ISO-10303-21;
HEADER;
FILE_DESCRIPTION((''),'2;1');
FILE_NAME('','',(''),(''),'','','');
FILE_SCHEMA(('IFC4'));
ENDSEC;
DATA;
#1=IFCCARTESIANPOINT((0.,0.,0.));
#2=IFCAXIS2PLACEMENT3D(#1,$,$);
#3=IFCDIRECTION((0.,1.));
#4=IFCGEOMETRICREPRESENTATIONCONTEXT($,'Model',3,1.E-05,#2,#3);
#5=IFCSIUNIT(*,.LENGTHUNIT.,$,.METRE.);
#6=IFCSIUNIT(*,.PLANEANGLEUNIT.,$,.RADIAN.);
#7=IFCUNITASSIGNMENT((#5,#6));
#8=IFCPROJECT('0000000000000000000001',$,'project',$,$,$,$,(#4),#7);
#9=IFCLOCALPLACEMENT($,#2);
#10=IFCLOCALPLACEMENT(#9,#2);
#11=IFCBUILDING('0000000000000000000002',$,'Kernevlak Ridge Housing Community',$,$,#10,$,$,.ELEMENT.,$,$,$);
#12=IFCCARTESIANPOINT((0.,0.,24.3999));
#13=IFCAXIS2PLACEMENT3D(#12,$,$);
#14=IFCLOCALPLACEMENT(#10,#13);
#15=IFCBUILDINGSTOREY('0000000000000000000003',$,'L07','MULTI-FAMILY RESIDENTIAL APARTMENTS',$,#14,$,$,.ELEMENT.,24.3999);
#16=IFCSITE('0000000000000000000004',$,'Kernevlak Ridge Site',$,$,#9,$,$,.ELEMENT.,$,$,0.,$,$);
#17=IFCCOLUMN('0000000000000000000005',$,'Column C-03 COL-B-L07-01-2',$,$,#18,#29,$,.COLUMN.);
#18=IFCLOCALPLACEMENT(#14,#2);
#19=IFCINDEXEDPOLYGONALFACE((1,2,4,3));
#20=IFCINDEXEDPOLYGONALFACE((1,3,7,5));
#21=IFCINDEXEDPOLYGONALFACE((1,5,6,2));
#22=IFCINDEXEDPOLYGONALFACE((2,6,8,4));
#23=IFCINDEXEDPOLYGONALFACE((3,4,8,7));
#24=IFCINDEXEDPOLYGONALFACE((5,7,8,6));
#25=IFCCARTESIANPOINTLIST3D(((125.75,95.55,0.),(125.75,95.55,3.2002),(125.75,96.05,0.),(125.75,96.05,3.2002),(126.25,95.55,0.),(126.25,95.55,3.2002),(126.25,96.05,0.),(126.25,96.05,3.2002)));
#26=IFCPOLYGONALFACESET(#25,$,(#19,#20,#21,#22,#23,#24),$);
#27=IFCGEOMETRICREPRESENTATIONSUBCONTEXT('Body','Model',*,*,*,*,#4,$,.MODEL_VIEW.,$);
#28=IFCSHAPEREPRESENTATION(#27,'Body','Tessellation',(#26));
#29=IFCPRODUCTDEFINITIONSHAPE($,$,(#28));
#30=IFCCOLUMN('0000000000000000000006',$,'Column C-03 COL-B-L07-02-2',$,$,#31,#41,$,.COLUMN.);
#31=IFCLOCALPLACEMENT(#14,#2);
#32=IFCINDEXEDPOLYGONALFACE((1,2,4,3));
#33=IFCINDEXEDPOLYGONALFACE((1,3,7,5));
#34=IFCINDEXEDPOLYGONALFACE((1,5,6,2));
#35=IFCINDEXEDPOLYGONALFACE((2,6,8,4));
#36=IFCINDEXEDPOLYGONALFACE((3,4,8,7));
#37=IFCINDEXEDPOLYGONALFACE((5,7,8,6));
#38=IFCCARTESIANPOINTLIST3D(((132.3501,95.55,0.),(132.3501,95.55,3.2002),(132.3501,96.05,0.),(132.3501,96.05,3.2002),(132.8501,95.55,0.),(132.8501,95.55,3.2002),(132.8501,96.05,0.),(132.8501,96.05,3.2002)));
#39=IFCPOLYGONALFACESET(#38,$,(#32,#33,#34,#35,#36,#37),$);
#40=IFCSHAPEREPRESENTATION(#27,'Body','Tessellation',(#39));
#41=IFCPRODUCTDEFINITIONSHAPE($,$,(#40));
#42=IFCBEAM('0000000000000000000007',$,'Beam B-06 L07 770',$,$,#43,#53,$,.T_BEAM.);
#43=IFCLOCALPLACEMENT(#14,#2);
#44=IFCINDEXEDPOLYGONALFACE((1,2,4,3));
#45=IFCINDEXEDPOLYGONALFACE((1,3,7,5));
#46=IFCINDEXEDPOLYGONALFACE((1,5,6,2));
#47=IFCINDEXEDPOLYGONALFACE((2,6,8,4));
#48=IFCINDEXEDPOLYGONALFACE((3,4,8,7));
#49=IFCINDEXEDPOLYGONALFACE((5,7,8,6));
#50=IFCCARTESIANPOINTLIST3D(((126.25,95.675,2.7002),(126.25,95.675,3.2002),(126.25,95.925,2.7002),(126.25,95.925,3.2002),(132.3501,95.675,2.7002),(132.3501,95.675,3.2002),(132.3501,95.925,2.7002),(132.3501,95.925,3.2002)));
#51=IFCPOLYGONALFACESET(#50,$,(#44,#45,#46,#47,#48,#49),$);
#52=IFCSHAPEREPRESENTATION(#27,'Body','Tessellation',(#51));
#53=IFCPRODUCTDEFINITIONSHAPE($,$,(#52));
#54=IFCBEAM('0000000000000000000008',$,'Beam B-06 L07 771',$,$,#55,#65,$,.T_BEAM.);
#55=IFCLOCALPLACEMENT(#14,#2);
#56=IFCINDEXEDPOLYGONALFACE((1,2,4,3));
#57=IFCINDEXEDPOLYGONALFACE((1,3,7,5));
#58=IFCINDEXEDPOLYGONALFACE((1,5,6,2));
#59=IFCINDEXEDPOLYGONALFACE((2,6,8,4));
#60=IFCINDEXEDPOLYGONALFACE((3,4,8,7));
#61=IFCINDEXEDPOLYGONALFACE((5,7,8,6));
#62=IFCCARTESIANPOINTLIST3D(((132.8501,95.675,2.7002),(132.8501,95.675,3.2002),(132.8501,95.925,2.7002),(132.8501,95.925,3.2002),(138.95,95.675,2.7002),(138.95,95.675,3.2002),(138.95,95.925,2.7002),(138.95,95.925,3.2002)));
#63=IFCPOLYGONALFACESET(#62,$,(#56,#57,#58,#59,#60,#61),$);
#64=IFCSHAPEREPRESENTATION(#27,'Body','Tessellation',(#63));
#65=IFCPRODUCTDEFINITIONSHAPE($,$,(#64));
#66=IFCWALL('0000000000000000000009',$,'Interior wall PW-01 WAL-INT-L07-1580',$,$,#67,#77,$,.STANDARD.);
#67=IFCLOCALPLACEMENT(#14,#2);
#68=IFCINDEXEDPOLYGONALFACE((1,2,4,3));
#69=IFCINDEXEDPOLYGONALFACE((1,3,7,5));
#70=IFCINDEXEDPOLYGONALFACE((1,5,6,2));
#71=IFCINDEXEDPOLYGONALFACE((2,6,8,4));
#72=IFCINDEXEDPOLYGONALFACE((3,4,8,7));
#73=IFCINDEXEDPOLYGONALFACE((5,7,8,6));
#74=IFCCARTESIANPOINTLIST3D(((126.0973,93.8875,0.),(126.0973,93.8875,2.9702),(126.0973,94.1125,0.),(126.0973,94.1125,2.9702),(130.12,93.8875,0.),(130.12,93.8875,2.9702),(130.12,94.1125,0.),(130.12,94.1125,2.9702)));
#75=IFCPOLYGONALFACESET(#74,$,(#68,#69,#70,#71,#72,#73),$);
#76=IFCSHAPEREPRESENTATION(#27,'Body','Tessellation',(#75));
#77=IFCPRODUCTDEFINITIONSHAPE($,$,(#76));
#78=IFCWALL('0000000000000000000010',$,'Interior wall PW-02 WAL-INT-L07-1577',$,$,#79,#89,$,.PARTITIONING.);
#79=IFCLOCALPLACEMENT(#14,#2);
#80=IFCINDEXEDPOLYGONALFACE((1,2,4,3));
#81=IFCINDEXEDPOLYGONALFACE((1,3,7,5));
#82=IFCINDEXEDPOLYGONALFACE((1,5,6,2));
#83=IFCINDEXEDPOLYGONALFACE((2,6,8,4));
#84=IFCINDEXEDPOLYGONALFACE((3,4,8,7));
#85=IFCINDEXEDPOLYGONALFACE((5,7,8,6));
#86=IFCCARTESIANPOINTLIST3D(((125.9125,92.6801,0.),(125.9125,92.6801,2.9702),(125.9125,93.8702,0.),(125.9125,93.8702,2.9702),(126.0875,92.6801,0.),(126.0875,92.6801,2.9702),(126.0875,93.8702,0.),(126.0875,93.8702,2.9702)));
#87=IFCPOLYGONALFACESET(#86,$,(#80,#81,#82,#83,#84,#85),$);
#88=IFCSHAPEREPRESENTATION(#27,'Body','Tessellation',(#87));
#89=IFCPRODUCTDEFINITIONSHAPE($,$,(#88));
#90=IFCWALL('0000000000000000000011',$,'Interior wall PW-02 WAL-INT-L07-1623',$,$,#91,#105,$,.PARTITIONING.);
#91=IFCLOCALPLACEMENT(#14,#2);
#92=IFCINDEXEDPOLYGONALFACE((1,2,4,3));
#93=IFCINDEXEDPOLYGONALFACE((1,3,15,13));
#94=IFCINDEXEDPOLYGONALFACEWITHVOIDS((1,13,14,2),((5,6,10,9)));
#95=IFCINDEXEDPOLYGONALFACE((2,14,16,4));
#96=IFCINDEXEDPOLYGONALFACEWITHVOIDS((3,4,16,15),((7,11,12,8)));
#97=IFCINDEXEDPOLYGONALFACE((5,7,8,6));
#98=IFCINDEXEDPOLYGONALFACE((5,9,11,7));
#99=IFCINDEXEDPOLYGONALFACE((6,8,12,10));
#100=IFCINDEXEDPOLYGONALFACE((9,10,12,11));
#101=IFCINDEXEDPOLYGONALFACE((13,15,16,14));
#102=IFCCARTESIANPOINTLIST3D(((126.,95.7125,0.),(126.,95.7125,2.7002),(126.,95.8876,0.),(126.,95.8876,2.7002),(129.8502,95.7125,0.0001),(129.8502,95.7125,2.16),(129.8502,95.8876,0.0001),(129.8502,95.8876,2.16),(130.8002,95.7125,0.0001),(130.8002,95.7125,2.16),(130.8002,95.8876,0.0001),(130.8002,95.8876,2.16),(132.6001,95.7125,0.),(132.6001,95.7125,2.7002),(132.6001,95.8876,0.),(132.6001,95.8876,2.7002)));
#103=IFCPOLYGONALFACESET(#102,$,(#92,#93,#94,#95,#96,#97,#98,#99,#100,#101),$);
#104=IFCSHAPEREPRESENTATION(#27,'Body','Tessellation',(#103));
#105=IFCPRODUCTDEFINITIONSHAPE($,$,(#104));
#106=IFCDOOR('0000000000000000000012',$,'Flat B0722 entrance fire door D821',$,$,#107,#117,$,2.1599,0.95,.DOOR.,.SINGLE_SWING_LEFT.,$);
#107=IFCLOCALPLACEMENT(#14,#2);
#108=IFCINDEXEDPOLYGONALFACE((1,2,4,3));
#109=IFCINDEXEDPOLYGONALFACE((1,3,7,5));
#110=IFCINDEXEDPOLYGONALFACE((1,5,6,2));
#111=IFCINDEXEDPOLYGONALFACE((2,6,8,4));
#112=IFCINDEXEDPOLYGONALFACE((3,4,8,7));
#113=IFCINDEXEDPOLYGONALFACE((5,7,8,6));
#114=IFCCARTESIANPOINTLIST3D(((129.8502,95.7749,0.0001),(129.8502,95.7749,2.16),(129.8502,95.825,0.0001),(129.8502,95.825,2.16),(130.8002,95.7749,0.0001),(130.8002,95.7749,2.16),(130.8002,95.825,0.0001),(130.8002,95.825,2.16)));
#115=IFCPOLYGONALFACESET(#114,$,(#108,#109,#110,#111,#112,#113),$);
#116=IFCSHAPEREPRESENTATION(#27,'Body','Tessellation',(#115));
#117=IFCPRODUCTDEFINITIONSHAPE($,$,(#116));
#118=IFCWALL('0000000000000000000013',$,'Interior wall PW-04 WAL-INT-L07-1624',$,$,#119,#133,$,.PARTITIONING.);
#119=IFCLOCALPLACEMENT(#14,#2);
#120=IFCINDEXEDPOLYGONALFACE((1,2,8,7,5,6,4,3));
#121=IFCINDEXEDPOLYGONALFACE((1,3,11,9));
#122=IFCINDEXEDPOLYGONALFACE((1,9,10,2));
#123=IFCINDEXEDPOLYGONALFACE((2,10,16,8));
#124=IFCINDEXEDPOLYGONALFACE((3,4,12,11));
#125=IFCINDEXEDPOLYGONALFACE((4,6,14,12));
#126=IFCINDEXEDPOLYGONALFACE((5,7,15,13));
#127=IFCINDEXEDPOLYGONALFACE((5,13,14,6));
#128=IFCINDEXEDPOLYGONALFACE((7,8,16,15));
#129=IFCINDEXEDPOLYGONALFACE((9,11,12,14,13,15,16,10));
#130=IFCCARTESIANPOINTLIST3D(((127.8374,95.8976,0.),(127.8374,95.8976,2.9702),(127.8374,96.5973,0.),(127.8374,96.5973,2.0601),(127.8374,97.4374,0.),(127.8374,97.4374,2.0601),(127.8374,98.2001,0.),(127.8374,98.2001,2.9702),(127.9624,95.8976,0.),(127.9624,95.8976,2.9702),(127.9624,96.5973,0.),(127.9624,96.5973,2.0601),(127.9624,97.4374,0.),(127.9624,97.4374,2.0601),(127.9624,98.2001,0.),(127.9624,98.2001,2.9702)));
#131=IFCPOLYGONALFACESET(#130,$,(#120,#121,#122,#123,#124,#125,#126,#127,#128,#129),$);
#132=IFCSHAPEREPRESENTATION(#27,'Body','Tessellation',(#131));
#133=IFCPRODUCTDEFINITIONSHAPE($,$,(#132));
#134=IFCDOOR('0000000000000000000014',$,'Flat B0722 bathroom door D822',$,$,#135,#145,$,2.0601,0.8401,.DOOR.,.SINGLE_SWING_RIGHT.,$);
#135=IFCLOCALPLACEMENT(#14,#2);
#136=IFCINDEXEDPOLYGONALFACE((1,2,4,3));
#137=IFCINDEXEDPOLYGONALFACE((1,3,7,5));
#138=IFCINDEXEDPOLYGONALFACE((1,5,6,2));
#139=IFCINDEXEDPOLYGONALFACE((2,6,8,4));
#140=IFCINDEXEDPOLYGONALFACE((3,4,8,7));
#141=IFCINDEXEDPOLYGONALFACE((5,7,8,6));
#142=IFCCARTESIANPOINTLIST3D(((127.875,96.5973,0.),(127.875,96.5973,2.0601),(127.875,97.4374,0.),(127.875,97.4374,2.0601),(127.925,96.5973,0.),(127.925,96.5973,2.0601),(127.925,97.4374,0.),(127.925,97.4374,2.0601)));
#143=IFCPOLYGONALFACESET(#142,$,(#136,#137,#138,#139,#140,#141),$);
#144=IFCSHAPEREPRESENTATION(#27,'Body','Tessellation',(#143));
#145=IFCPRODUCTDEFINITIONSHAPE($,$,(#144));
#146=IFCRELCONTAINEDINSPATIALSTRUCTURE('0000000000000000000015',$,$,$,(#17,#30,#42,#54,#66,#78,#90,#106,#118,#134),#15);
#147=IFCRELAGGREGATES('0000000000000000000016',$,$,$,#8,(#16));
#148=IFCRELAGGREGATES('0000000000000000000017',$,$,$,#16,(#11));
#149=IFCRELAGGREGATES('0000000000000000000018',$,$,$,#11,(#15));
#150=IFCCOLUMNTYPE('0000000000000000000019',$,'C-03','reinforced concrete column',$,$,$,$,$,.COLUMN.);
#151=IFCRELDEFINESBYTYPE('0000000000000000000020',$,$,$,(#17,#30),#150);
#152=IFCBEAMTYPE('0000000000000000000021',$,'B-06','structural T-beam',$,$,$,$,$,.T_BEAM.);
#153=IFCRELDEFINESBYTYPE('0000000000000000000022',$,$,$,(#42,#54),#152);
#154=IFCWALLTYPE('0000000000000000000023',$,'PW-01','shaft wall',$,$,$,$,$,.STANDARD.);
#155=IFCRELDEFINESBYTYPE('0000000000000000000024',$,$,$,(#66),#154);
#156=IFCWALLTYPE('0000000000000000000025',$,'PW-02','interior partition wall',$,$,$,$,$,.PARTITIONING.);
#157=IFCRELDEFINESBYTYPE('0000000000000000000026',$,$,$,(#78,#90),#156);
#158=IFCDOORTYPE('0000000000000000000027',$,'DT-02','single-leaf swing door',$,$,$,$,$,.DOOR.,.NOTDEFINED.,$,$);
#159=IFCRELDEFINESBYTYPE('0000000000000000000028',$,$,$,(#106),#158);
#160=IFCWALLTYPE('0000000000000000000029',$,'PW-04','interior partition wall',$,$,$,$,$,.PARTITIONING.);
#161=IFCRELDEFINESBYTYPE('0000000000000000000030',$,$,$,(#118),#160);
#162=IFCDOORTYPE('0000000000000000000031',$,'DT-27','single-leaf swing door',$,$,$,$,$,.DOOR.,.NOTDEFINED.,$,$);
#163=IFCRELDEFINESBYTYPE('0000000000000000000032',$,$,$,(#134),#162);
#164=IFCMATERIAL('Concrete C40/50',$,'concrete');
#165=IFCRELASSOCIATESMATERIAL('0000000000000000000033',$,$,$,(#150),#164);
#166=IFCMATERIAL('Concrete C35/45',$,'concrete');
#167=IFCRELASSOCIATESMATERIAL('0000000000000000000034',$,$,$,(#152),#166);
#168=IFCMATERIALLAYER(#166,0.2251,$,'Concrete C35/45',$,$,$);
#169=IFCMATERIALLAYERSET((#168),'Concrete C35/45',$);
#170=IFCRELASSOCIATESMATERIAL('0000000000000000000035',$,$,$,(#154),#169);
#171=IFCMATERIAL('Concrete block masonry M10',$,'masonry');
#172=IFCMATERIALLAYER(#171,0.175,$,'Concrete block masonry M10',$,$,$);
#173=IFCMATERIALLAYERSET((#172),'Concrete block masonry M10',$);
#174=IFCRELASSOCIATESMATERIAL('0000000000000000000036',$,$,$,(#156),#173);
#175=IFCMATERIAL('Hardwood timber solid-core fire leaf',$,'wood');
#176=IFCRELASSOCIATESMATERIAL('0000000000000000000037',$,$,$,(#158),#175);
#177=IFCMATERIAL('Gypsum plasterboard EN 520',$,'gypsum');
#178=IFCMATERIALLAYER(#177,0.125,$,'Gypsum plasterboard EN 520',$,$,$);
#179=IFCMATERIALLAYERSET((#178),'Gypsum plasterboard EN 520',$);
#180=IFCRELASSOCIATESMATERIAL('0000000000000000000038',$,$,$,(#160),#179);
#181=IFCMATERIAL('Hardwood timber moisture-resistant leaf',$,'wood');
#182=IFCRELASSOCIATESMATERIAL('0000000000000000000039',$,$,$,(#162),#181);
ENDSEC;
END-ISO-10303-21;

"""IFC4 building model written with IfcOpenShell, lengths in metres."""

from ifc_helpers import new_model, si_unit, direction, frame, frame_2d, origin, origin_2d, place, context, subcontext, project, spatial, rectangle, extrude, material, layer, layer_set, material_profile, profile_set, type_object, element, fill, save


model = new_model("IFC4")

# Units and contexts
model_context = context("Model", 3, precision=1e-05, world=origin(), true_north=direction((0.0, 1.0)))
body_context = subcontext(model_context, "Body", "Model", "MODEL_VIEW")
ifc_project = project(units=[si_unit("LENGTHUNIT", "METRE"), si_unit("PLANEANGLEUNIT", "RADIAN")], contexts=[model_context])

# Site, building, storey
site_placement = place(None, origin())
site = spatial("IfcSite", under=ifc_project, at=site_placement, Name="Kernevlak Ridge Site", CompositionType="ELEMENT", RefElevation=0.0)
building_placement = place(site_placement, origin())
building = spatial("IfcBuilding", under=site, at=building_placement, Name="Kernevlak Ridge Housing Community", CompositionType="ELEMENT")
storey_placement = place(building_placement, frame((0.0, 0.0, 24.3999)))
storey = spatial("IfcBuildingStorey", under=building, at=storey_placement, Name="L07", Description="MULTI-FAMILY RESIDENTIAL APARTMENTS", CompositionType="ELEMENT", Elevation=24.3999)

# Columns
ifc_material_1 = material(Name="Concrete C40/50", Category="concrete")
ifc_material_profile_1 = material_profile(ifc_material_1, rectangle(XDim=0.5, YDim=0.5, at=origin_2d()), Name="RC 500x500")
ifc_profile_set_1 = profile_set([ifc_material_profile_1], Name="Concrete C40/50")
column_type = type_object("IfcColumnType", Name="C-03", Description="reinforced concrete column", PredefinedType="COLUMN", material=ifc_profile_set_1)
for number, where, z_axis, x_axis, name in (
    (1, (126.0, 95.8, 0.0), (0.0, 0.0, 1.0), (1.0, 0.0, 0.0), "Column C-03 COL-B-L07-01-2"),
    (2, (132.6001, 95.8, 0.0), (0.0, 0.0, 1.0), (1.0, 0.0, 0.0), "Column C-03 COL-B-L07-02-2"),
):
    element("IfcColumn", number, at=place(storey_placement, frame(where, z_axis=z_axis, x_axis=x_axis)), inside=storey, type_object=column_type, Name=name, PredefinedType="COLUMN", context=body_context, shape_type="SweptSolid", body=[
        extrude(rectangle(XDim=0.5, YDim=0.5, at=origin_2d()), origin(), (0.0, 0.0, 1.0), 3.2002),
    ])

# Beams
ifc_material_2 = material(Name="Concrete C35/45", Category="concrete")
ifc_material_profile_2 = material_profile(ifc_material_2, rectangle(XDim=0.25, YDim=0.5, at=origin_2d()), Name="RC 250x500")
ifc_profile_set_2 = profile_set([ifc_material_profile_2], Name="Concrete C35/45")
beam_type = type_object("IfcBeamType", Name="B-06", Description="structural T-beam", PredefinedType="T_BEAM", material=ifc_profile_set_2)
beam_1_placement = place(storey_placement, frame((126.25, 95.8, 2.9502), z_axis=(1.0, 0.0, 0.0), x_axis=(0.0, 1.0, 0.0)))
element("IfcBeam", 3, at=beam_1_placement, inside=storey, type_object=beam_type, Name="Beam B-06 L07 770", PredefinedType="T_BEAM", context=body_context, shape_type="SweptSolid", body=[
    extrude(rectangle(XDim=0.25, YDim=0.5, at=origin_2d()), origin(), (0.0, 0.0, 1.0), 6.1001),
])
beam_2_placement = place(storey_placement, frame((132.8501, 95.8, 2.9502), z_axis=(1.0, 0.0, 0.0), x_axis=(0.0, 1.0, 0.0)))
element("IfcBeam", 4, at=beam_2_placement, inside=storey, type_object=beam_type, Name="Beam B-06 L07 771", PredefinedType="T_BEAM", context=body_context, shape_type="SweptSolid", body=[
    extrude(rectangle(XDim=0.25, YDim=0.5, at=origin_2d()), origin(), (0.0, 0.0, 1.0), 6.0999),
])

# Walls
ifc_layer_1 = layer(ifc_material_2, 0.2251, Name="Concrete C35/45")
ifc_layer_set_1 = layer_set([ifc_layer_1], Name="Concrete C35/45")
wall_type_1 = type_object("IfcWallType", Name="PW-01", Description="shaft wall", PredefinedType="STANDARD", material=ifc_layer_set_1)
wall_1_placement = place(storey_placement, frame((126.0974, 94.0, 0.0), z_axis=(0.0, 0.0, 1.0), x_axis=(1.0, 0.0, 0.0)))
element("IfcWall", 5, at=wall_1_placement, inside=storey, type_object=wall_type_1, Name="Interior wall PW-01 WAL-INT-L07-1580", PredefinedType="STANDARD", context=body_context, shape_type="SweptSolid", body=[
    extrude(rectangle(XDim=4.0227, YDim=0.2251, at=frame_2d((2.0112, 0.0))), origin(), (0.0, 0.0, 1.0), 2.9702),
])
ifc_material_3 = material(Name="Concrete block masonry M10", Category="masonry")
ifc_layer_2 = layer(ifc_material_3, 0.175, Name="Concrete block masonry M10")
ifc_layer_set_2 = layer_set([ifc_layer_2], Name="Concrete block masonry M10")
wall_type_2 = type_object("IfcWallType", Name="PW-02", Description="interior partition wall", PredefinedType="PARTITIONING", material=ifc_layer_set_2)
wall_2_placement = place(storey_placement, frame((126.0, 92.6799, 0.0), z_axis=(0.0, 0.0, 1.0), x_axis=(0.0, 1.0, 0.0)))
element("IfcWall", 6, at=wall_2_placement, inside=storey, type_object=wall_type_2, Name="Interior wall PW-02 WAL-INT-L07-1577", PredefinedType="PARTITIONING", context=body_context, shape_type="SweptSolid", body=[
    extrude(rectangle(XDim=1.1902, YDim=0.175, at=frame_2d((0.5952, 0.0))), origin(), (0.0, 0.0, 1.0), 2.9702),
])

# Walls, openings, doors
wall_3_placement = place(storey_placement, frame((126.0, 95.8, 0.0), z_axis=(0.0, 0.0, 1.0), x_axis=(1.0, 0.0, 0.0)))
wall_3 = element("IfcWall", 7, at=wall_3_placement, inside=storey, type_object=wall_type_2, Name="Interior wall PW-02 WAL-INT-L07-1623", PredefinedType="PARTITIONING", context=body_context, shape_type="SweptSolid", body=[
    extrude(rectangle(XDim=6.6001, YDim=0.175, at=frame_2d((3.3, 0.0))), origin(), (0.0, 0.0, 1.0), 2.7002),
])
opening_1_placement = place(wall_3_placement, frame((3.8501, 0.0, 0.0)))
opening_1 = element("IfcOpeningElement", 8, at=opening_1_placement, cuts=wall_3, PredefinedType="OPENING", context=body_context, shape_type="SweptSolid", body=[
    extrude(rectangle(XDim=0.95, YDim=2.1599, at=frame_2d((0.4751, 1.0801))), frame((0.0, 0.0974, 0.0), z_axis=(0.0, -1.0, 0.0), x_axis=(1.0, 0.0, 0.0)), (0.0, 0.0, 1.0), 0.1951),
])
ifc_material_4 = material(Name="Hardwood timber solid-core fire leaf", Category="wood")
door_type_1 = type_object("IfcDoorType", Name="DT-02", Description="single-leaf swing door", OperationType="NOTDEFINED", PredefinedType="DOOR", material=ifc_material_4)
door_1_placement = place(opening_1_placement, origin())
door_1 = element("IfcDoor", 9, at=door_1_placement, inside=storey, type_object=door_type_1, Name="Flat B0722 entrance fire door D821", OperationType="SINGLE_SWING_LEFT", OverallHeight=2.1599, OverallWidth=0.95, PredefinedType="DOOR", context=body_context, shape_type="SweptSolid", body=[
    extrude(rectangle(XDim=0.95, YDim=2.1599, at=frame_2d((0.4751, 1.0801))), frame((0.0, 0.0249, 0.0), z_axis=(0.0, -1.0, 0.0), x_axis=(1.0, 0.0, 0.0)), (0.0, 0.0, 1.0), 0.05),
])
fill(opening_1, door_1)
ifc_material_5 = material(Name="Gypsum plasterboard EN 520", Category="gypsum")
ifc_layer_3 = layer(ifc_material_5, 0.125, Name="Gypsum plasterboard EN 520")
ifc_layer_set_3 = layer_set([ifc_layer_3], Name="Gypsum plasterboard EN 520")
wall_type_3 = type_object("IfcWallType", Name="PW-04", Description="interior partition wall", PredefinedType="PARTITIONING", material=ifc_layer_set_3)
wall_4_placement = place(storey_placement, frame((127.8999, 95.8975, 0.0), z_axis=(0.0, 0.0, 1.0), x_axis=(0.0, 1.0, 0.0)))
wall_4 = element("IfcWall", 10, at=wall_4_placement, inside=storey, type_object=wall_type_3, Name="Interior wall PW-04 WAL-INT-L07-1624", PredefinedType="PARTITIONING", context=body_context, shape_type="SweptSolid", body=[
    extrude(rectangle(XDim=2.3025, YDim=0.125, at=frame_2d((1.1514, 0.0))), origin(), (0.0, 0.0, 1.0), 2.9702),
])
opening_2_placement = place(wall_4_placement, frame((0.7, 0.0, 0.0)))
opening_2 = element("IfcOpeningElement", 11, at=opening_2_placement, cuts=wall_4, PredefinedType="OPENING", context=body_context, shape_type="SweptSolid", body=[
    extrude(rectangle(XDim=0.8401, YDim=2.0601, at=frame_2d((0.4199, 1.03))), frame((0.0, 0.0725, 0.0), z_axis=(0.0, -1.0, 0.0), x_axis=(1.0, 0.0, 0.0)), (0.0, 0.0, 1.0), 0.145),
])
ifc_material_6 = material(Name="Hardwood timber moisture-resistant leaf", Category="wood")
door_type_2 = type_object("IfcDoorType", Name="DT-27", Description="single-leaf swing door", OperationType="NOTDEFINED", PredefinedType="DOOR", material=ifc_material_6)
door_2_placement = place(opening_2_placement, origin())
door_2 = element("IfcDoor", 12, at=door_2_placement, inside=storey, type_object=door_type_2, Name="Flat B0722 bathroom door D822", OperationType="SINGLE_SWING_RIGHT", OverallHeight=2.0601, OverallWidth=0.8401, PredefinedType="DOOR", context=body_context, shape_type="SweptSolid", body=[
    extrude(rectangle(XDim=0.8401, YDim=2.0601, at=frame_2d((0.4199, 1.03))), frame((0.0, 0.0249, 0.0), z_axis=(0.0, -1.0, 0.0), x_axis=(1.0, 0.0, 0.0)), (0.0, 0.0, 1.0), 0.05),
])
fill(opening_2, door_2)

save(model, "model.ifc")
